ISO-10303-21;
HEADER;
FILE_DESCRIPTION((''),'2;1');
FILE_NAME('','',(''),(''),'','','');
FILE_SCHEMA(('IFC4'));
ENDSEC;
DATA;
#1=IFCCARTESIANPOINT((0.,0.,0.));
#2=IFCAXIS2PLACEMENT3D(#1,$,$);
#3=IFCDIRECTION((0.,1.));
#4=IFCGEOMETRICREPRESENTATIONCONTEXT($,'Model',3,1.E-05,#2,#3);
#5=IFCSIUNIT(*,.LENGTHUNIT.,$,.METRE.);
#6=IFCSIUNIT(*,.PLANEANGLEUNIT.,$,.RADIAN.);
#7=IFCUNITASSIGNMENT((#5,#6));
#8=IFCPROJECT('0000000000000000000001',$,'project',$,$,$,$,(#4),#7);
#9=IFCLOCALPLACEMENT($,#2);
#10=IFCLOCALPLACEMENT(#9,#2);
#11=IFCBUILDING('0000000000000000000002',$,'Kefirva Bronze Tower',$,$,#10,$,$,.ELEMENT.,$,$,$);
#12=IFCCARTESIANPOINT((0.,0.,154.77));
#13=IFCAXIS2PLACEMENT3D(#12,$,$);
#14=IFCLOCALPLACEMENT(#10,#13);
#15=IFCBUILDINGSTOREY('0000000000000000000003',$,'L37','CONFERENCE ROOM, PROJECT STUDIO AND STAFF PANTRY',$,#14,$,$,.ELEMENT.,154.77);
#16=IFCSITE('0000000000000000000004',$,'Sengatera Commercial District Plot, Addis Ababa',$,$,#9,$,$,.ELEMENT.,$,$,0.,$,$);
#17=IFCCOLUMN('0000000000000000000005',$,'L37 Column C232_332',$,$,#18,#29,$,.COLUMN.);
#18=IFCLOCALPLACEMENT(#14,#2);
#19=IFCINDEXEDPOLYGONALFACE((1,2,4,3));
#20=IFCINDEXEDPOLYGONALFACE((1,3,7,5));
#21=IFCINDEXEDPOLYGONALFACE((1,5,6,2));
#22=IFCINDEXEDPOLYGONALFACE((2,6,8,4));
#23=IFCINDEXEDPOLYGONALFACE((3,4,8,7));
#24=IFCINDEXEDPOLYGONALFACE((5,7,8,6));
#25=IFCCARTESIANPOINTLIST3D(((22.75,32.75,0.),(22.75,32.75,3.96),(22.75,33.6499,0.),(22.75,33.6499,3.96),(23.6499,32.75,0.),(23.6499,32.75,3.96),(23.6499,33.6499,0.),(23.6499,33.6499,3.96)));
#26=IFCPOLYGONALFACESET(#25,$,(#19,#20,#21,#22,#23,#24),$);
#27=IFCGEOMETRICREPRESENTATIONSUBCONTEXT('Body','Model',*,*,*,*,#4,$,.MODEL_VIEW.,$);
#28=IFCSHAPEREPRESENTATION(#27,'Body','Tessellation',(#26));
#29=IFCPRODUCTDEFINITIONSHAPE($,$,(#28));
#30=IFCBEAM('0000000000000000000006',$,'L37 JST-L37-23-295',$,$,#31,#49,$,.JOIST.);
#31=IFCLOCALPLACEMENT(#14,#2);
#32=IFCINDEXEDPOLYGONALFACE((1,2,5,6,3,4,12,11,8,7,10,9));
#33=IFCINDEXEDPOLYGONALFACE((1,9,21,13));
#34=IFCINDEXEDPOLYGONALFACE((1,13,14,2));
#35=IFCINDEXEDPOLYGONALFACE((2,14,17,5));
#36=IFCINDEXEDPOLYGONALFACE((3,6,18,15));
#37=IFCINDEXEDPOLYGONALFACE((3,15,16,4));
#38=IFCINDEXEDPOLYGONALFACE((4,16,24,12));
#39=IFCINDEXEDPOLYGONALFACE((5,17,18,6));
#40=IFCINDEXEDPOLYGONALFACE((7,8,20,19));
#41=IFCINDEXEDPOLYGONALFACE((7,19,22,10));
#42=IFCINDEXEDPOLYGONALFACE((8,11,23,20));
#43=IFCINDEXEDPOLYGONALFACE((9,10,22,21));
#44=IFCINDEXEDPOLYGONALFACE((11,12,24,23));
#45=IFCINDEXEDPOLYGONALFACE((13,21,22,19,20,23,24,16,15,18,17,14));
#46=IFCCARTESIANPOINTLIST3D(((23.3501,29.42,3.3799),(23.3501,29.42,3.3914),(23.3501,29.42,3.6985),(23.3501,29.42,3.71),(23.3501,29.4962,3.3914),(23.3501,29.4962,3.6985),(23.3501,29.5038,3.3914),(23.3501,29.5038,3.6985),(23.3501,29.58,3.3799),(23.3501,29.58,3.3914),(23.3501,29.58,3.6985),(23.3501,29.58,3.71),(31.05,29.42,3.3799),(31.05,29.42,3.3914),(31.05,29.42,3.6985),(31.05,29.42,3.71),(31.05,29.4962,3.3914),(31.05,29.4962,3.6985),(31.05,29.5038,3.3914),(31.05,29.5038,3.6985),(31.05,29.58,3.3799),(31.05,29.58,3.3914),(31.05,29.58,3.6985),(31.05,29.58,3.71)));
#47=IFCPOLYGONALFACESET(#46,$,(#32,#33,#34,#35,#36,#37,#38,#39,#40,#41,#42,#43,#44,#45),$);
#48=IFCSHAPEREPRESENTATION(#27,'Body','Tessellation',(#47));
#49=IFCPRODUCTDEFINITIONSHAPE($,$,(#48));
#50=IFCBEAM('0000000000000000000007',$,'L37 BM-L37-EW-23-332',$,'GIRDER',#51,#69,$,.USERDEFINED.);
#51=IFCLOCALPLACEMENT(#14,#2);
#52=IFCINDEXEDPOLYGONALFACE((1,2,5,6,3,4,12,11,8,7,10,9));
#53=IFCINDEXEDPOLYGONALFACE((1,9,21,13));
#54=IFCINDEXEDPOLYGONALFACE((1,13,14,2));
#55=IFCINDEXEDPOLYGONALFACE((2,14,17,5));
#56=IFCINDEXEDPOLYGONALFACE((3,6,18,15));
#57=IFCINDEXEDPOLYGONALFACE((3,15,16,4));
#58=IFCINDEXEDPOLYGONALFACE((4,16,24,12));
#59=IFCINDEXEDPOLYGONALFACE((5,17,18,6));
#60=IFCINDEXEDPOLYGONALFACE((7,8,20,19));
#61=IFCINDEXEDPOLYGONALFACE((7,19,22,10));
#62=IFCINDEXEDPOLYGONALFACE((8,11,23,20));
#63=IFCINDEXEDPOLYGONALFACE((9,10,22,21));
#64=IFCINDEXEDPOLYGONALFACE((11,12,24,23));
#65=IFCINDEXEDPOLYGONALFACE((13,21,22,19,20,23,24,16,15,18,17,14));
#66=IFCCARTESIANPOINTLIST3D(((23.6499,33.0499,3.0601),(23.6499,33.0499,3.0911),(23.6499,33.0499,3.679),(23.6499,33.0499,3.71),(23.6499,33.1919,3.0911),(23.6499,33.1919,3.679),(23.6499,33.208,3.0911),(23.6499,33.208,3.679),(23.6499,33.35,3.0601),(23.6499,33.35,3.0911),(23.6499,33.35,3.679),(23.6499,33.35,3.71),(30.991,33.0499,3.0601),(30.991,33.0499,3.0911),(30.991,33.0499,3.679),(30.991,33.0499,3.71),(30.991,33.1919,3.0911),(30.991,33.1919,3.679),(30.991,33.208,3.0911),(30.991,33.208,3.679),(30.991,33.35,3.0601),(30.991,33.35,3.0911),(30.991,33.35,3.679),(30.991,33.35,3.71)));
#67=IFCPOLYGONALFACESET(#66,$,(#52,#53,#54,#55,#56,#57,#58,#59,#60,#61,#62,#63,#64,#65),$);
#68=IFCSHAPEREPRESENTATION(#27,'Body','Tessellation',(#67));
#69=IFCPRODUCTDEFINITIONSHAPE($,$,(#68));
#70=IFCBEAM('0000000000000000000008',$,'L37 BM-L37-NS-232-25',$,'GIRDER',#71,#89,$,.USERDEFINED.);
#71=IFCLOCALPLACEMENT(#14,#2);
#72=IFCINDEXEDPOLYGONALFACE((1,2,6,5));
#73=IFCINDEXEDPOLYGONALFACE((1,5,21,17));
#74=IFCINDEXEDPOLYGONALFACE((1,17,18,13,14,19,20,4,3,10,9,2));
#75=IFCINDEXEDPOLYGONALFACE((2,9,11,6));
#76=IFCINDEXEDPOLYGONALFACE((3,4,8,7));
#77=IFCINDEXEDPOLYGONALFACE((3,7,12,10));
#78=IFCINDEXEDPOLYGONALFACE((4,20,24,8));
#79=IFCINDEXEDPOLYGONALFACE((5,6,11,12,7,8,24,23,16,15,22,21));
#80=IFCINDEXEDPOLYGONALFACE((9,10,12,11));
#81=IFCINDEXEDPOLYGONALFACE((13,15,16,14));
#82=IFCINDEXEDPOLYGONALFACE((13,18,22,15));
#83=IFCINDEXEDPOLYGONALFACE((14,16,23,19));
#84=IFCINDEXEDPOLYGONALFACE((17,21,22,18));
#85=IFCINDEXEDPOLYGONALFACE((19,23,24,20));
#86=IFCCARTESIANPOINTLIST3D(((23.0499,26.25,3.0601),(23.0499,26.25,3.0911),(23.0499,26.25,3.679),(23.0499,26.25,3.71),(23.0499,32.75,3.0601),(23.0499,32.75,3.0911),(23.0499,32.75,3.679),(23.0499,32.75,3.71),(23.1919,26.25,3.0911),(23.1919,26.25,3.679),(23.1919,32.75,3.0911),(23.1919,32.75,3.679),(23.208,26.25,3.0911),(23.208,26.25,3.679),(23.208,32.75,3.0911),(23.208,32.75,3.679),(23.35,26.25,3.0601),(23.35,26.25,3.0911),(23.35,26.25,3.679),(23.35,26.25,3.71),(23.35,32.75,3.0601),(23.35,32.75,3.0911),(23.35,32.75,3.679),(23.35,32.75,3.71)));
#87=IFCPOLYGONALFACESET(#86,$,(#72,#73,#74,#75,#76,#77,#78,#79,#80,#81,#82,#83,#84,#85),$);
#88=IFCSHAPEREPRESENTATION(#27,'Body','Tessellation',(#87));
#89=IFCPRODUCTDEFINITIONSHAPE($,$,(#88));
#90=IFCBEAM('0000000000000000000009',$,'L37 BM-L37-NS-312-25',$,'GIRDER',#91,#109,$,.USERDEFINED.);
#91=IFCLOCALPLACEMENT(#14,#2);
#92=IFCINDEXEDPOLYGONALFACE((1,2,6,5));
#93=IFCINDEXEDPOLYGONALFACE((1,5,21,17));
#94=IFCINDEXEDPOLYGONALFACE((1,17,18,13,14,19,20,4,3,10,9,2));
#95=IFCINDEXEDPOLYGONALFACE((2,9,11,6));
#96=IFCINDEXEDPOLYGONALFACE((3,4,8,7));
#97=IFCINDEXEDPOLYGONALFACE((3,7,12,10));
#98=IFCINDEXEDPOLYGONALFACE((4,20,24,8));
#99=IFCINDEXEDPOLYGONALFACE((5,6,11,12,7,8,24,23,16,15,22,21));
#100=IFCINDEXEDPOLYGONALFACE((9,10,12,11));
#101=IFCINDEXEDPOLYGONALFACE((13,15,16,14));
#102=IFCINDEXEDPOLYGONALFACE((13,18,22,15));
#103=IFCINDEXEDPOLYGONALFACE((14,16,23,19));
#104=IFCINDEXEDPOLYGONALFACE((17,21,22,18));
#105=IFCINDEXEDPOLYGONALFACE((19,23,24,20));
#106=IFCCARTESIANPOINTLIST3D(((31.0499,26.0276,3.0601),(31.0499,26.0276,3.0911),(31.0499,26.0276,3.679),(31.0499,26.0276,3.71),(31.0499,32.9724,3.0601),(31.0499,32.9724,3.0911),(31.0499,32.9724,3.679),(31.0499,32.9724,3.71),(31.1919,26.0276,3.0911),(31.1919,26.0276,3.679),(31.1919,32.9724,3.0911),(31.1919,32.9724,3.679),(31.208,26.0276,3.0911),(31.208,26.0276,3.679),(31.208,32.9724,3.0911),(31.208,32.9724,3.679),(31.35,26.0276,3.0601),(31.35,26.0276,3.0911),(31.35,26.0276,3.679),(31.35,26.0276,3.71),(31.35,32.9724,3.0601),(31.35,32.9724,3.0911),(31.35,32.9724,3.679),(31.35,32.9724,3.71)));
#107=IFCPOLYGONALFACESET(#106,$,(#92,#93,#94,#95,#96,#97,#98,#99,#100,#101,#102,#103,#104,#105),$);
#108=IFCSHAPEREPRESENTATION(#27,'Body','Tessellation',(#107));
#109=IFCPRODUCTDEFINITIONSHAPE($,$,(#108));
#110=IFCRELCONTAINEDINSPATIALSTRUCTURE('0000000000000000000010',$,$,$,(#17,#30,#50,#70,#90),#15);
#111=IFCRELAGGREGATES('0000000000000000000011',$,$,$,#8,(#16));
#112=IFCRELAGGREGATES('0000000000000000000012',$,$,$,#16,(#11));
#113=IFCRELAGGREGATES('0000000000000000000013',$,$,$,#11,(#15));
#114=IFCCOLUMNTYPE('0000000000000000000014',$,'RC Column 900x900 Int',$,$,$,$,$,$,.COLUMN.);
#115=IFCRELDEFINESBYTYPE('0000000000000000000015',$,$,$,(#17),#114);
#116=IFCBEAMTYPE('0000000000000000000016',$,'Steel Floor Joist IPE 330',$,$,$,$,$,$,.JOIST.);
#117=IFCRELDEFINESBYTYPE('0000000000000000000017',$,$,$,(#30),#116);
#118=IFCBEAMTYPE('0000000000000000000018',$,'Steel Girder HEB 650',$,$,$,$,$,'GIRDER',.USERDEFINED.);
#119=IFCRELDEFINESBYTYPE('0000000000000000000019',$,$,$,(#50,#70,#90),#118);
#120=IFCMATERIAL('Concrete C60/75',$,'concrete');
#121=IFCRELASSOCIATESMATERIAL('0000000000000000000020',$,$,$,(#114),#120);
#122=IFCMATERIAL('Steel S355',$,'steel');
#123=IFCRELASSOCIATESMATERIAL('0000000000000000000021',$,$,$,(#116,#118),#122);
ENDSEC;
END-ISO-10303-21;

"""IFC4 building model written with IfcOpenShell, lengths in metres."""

from ifc_helpers import new_model, si_unit, direction, frame, origin, origin_2d, place, context, subcontext, project, spatial, rectangle, i_section, extrude, material, material_profile, profile_set, type_object, element, save


model = new_model("IFC4")

# Units and contexts
model_context = context("Model", 3, precision=1e-05, world=origin(), true_north=direction((0.0, 1.0)))
body_context = subcontext(model_context, "Body", "Model", "MODEL_VIEW")
ifc_project = project(units=[si_unit("LENGTHUNIT", "METRE"), si_unit("PLANEANGLEUNIT", "RADIAN")], contexts=[model_context])

# Site, building, storey
site_placement = place(None, origin())
site = spatial("IfcSite", under=ifc_project, at=site_placement, Name="Sengatera Commercial District Plot, Addis Ababa", CompositionType="ELEMENT", RefElevation=0.0)
building_placement = place(site_placement, origin())
building = spatial("IfcBuilding", under=site, at=building_placement, Name="Kefirva Bronze Tower", CompositionType="ELEMENT")
storey_placement = place(building_placement, frame((0.0, 0.0, 154.77)))
storey = spatial("IfcBuildingStorey", under=building, at=storey_placement, Name="L37", Description="CONFERENCE ROOM, PROJECT STUDIO AND STAFF PANTRY", CompositionType="ELEMENT", Elevation=154.77)

# Column
ifc_material_1 = material(Name="Concrete C60/75", Category="concrete")
ifc_material_profile_1 = material_profile(ifc_material_1, rectangle(XDim=0.8999, YDim=0.8999, at=origin_2d()), Name="RC 900x900")
ifc_profile_set_1 = profile_set([ifc_material_profile_1], Name="Concrete C60/75")
column_type = type_object("IfcColumnType", Name="RC Column 900x900 Int", PredefinedType="COLUMN", material=ifc_profile_set_1)
column_placement = place(storey_placement, frame((23.2, 33.2, 0.0), z_axis=(0.0, 0.0, 1.0), x_axis=(1.0, 0.0, 0.0)))
element("IfcColumn", 1, at=column_placement, inside=storey, type_object=column_type, Name="L37 Column C232_332", PredefinedType="COLUMN", context=body_context, shape_type="SweptSolid", body=[
    extrude(rectangle(XDim=0.8999, YDim=0.8999, at=origin_2d()), origin(), (0.0, 0.0, 1.0), 3.96),
])

# Beams
ifc_material_2 = material(Name="Steel S355", Category="steel")
ifc_material_profile_2 = material_profile(ifc_material_2, i_section(OverallWidth=0.1599, OverallDepth=0.3301, WebThickness=0.0076, FlangeThickness=0.0115, at=origin_2d()), Name="IPE 330")
ifc_profile_set_2 = profile_set([ifc_material_profile_2], Name="Steel S355")
beam_type_1 = type_object("IfcBeamType", Name="Steel Floor Joist IPE 330", PredefinedType="JOIST", material=ifc_profile_set_2)
beam_1_placement = place(storey_placement, frame((23.3501, 29.5, 3.5449), z_axis=(1.0, 0.0, 0.0), x_axis=(0.0, 1.0, 0.0)))
element("IfcBeam", 2, at=beam_1_placement, inside=storey, type_object=beam_type_1, Name="L37 JST-L37-23-295", PredefinedType="JOIST", context=body_context, shape_type="SweptSolid", body=[
    extrude(i_section(OverallWidth=0.1599, OverallDepth=0.3301, WebThickness=0.0076, FlangeThickness=0.0115, at=origin_2d()), origin(), (0.0, 0.0, 1.0), 7.7),
])
ifc_material_profile_3 = material_profile(ifc_material_2, i_section(OverallWidth=0.3, OverallDepth=0.6499, WebThickness=0.0161, FlangeThickness=0.031, at=origin_2d()), Name="HEB 650")
ifc_profile_set_3 = profile_set([ifc_material_profile_3], Name="Steel S355")
beam_type_2 = type_object("IfcBeamType", Name="Steel Girder HEB 650", ElementType="GIRDER", PredefinedType="USERDEFINED", material=ifc_profile_set_3)
beam_2_placement = place(storey_placement, frame((23.6499, 33.2, 3.385), z_axis=(1.0, 0.0, 0.0), x_axis=(0.0, 1.0, 0.0)))
element("IfcBeam", 3, at=beam_2_placement, inside=storey, type_object=beam_type_2, Name="L37 BM-L37-EW-23-332", ObjectType="GIRDER", PredefinedType="USERDEFINED", context=body_context, shape_type="SweptSolid", body=[
    extrude(i_section(OverallWidth=0.3, OverallDepth=0.6499, WebThickness=0.0161, FlangeThickness=0.031, at=origin_2d()), origin(), (0.0, 0.0, 1.0), 7.3411),
])
beam_3_placement = place(storey_placement, frame((23.2, 26.25, 3.385), z_axis=(0.0, 1.0, 0.0), x_axis=(-1.0, 0.0, 0.0)))
element("IfcBeam", 4, at=beam_3_placement, inside=storey, type_object=beam_type_2, Name="L37 BM-L37-NS-232-25", ObjectType="GIRDER", PredefinedType="USERDEFINED", context=body_context, shape_type="SweptSolid", body=[
    extrude(i_section(OverallWidth=0.3, OverallDepth=0.6499, WebThickness=0.0161, FlangeThickness=0.031, at=origin_2d()), origin(), (0.0, 0.0, 1.0), 6.5),
])
beam_4_placement = place(storey_placement, frame((31.2, 26.0276, 3.385), z_axis=(0.0, 1.0, 0.0), x_axis=(-1.0, 0.0, 0.0)))
element("IfcBeam", 5, at=beam_4_placement, inside=storey, type_object=beam_type_2, Name="L37 BM-L37-NS-312-25", ObjectType="GIRDER", PredefinedType="USERDEFINED", context=body_context, shape_type="SweptSolid", body=[
    extrude(i_section(OverallWidth=0.3, OverallDepth=0.6499, WebThickness=0.0161, FlangeThickness=0.031, at=origin_2d()), origin(), (0.0, 0.0, 1.0), 6.9448),
])

save(model, "model.ifc")
